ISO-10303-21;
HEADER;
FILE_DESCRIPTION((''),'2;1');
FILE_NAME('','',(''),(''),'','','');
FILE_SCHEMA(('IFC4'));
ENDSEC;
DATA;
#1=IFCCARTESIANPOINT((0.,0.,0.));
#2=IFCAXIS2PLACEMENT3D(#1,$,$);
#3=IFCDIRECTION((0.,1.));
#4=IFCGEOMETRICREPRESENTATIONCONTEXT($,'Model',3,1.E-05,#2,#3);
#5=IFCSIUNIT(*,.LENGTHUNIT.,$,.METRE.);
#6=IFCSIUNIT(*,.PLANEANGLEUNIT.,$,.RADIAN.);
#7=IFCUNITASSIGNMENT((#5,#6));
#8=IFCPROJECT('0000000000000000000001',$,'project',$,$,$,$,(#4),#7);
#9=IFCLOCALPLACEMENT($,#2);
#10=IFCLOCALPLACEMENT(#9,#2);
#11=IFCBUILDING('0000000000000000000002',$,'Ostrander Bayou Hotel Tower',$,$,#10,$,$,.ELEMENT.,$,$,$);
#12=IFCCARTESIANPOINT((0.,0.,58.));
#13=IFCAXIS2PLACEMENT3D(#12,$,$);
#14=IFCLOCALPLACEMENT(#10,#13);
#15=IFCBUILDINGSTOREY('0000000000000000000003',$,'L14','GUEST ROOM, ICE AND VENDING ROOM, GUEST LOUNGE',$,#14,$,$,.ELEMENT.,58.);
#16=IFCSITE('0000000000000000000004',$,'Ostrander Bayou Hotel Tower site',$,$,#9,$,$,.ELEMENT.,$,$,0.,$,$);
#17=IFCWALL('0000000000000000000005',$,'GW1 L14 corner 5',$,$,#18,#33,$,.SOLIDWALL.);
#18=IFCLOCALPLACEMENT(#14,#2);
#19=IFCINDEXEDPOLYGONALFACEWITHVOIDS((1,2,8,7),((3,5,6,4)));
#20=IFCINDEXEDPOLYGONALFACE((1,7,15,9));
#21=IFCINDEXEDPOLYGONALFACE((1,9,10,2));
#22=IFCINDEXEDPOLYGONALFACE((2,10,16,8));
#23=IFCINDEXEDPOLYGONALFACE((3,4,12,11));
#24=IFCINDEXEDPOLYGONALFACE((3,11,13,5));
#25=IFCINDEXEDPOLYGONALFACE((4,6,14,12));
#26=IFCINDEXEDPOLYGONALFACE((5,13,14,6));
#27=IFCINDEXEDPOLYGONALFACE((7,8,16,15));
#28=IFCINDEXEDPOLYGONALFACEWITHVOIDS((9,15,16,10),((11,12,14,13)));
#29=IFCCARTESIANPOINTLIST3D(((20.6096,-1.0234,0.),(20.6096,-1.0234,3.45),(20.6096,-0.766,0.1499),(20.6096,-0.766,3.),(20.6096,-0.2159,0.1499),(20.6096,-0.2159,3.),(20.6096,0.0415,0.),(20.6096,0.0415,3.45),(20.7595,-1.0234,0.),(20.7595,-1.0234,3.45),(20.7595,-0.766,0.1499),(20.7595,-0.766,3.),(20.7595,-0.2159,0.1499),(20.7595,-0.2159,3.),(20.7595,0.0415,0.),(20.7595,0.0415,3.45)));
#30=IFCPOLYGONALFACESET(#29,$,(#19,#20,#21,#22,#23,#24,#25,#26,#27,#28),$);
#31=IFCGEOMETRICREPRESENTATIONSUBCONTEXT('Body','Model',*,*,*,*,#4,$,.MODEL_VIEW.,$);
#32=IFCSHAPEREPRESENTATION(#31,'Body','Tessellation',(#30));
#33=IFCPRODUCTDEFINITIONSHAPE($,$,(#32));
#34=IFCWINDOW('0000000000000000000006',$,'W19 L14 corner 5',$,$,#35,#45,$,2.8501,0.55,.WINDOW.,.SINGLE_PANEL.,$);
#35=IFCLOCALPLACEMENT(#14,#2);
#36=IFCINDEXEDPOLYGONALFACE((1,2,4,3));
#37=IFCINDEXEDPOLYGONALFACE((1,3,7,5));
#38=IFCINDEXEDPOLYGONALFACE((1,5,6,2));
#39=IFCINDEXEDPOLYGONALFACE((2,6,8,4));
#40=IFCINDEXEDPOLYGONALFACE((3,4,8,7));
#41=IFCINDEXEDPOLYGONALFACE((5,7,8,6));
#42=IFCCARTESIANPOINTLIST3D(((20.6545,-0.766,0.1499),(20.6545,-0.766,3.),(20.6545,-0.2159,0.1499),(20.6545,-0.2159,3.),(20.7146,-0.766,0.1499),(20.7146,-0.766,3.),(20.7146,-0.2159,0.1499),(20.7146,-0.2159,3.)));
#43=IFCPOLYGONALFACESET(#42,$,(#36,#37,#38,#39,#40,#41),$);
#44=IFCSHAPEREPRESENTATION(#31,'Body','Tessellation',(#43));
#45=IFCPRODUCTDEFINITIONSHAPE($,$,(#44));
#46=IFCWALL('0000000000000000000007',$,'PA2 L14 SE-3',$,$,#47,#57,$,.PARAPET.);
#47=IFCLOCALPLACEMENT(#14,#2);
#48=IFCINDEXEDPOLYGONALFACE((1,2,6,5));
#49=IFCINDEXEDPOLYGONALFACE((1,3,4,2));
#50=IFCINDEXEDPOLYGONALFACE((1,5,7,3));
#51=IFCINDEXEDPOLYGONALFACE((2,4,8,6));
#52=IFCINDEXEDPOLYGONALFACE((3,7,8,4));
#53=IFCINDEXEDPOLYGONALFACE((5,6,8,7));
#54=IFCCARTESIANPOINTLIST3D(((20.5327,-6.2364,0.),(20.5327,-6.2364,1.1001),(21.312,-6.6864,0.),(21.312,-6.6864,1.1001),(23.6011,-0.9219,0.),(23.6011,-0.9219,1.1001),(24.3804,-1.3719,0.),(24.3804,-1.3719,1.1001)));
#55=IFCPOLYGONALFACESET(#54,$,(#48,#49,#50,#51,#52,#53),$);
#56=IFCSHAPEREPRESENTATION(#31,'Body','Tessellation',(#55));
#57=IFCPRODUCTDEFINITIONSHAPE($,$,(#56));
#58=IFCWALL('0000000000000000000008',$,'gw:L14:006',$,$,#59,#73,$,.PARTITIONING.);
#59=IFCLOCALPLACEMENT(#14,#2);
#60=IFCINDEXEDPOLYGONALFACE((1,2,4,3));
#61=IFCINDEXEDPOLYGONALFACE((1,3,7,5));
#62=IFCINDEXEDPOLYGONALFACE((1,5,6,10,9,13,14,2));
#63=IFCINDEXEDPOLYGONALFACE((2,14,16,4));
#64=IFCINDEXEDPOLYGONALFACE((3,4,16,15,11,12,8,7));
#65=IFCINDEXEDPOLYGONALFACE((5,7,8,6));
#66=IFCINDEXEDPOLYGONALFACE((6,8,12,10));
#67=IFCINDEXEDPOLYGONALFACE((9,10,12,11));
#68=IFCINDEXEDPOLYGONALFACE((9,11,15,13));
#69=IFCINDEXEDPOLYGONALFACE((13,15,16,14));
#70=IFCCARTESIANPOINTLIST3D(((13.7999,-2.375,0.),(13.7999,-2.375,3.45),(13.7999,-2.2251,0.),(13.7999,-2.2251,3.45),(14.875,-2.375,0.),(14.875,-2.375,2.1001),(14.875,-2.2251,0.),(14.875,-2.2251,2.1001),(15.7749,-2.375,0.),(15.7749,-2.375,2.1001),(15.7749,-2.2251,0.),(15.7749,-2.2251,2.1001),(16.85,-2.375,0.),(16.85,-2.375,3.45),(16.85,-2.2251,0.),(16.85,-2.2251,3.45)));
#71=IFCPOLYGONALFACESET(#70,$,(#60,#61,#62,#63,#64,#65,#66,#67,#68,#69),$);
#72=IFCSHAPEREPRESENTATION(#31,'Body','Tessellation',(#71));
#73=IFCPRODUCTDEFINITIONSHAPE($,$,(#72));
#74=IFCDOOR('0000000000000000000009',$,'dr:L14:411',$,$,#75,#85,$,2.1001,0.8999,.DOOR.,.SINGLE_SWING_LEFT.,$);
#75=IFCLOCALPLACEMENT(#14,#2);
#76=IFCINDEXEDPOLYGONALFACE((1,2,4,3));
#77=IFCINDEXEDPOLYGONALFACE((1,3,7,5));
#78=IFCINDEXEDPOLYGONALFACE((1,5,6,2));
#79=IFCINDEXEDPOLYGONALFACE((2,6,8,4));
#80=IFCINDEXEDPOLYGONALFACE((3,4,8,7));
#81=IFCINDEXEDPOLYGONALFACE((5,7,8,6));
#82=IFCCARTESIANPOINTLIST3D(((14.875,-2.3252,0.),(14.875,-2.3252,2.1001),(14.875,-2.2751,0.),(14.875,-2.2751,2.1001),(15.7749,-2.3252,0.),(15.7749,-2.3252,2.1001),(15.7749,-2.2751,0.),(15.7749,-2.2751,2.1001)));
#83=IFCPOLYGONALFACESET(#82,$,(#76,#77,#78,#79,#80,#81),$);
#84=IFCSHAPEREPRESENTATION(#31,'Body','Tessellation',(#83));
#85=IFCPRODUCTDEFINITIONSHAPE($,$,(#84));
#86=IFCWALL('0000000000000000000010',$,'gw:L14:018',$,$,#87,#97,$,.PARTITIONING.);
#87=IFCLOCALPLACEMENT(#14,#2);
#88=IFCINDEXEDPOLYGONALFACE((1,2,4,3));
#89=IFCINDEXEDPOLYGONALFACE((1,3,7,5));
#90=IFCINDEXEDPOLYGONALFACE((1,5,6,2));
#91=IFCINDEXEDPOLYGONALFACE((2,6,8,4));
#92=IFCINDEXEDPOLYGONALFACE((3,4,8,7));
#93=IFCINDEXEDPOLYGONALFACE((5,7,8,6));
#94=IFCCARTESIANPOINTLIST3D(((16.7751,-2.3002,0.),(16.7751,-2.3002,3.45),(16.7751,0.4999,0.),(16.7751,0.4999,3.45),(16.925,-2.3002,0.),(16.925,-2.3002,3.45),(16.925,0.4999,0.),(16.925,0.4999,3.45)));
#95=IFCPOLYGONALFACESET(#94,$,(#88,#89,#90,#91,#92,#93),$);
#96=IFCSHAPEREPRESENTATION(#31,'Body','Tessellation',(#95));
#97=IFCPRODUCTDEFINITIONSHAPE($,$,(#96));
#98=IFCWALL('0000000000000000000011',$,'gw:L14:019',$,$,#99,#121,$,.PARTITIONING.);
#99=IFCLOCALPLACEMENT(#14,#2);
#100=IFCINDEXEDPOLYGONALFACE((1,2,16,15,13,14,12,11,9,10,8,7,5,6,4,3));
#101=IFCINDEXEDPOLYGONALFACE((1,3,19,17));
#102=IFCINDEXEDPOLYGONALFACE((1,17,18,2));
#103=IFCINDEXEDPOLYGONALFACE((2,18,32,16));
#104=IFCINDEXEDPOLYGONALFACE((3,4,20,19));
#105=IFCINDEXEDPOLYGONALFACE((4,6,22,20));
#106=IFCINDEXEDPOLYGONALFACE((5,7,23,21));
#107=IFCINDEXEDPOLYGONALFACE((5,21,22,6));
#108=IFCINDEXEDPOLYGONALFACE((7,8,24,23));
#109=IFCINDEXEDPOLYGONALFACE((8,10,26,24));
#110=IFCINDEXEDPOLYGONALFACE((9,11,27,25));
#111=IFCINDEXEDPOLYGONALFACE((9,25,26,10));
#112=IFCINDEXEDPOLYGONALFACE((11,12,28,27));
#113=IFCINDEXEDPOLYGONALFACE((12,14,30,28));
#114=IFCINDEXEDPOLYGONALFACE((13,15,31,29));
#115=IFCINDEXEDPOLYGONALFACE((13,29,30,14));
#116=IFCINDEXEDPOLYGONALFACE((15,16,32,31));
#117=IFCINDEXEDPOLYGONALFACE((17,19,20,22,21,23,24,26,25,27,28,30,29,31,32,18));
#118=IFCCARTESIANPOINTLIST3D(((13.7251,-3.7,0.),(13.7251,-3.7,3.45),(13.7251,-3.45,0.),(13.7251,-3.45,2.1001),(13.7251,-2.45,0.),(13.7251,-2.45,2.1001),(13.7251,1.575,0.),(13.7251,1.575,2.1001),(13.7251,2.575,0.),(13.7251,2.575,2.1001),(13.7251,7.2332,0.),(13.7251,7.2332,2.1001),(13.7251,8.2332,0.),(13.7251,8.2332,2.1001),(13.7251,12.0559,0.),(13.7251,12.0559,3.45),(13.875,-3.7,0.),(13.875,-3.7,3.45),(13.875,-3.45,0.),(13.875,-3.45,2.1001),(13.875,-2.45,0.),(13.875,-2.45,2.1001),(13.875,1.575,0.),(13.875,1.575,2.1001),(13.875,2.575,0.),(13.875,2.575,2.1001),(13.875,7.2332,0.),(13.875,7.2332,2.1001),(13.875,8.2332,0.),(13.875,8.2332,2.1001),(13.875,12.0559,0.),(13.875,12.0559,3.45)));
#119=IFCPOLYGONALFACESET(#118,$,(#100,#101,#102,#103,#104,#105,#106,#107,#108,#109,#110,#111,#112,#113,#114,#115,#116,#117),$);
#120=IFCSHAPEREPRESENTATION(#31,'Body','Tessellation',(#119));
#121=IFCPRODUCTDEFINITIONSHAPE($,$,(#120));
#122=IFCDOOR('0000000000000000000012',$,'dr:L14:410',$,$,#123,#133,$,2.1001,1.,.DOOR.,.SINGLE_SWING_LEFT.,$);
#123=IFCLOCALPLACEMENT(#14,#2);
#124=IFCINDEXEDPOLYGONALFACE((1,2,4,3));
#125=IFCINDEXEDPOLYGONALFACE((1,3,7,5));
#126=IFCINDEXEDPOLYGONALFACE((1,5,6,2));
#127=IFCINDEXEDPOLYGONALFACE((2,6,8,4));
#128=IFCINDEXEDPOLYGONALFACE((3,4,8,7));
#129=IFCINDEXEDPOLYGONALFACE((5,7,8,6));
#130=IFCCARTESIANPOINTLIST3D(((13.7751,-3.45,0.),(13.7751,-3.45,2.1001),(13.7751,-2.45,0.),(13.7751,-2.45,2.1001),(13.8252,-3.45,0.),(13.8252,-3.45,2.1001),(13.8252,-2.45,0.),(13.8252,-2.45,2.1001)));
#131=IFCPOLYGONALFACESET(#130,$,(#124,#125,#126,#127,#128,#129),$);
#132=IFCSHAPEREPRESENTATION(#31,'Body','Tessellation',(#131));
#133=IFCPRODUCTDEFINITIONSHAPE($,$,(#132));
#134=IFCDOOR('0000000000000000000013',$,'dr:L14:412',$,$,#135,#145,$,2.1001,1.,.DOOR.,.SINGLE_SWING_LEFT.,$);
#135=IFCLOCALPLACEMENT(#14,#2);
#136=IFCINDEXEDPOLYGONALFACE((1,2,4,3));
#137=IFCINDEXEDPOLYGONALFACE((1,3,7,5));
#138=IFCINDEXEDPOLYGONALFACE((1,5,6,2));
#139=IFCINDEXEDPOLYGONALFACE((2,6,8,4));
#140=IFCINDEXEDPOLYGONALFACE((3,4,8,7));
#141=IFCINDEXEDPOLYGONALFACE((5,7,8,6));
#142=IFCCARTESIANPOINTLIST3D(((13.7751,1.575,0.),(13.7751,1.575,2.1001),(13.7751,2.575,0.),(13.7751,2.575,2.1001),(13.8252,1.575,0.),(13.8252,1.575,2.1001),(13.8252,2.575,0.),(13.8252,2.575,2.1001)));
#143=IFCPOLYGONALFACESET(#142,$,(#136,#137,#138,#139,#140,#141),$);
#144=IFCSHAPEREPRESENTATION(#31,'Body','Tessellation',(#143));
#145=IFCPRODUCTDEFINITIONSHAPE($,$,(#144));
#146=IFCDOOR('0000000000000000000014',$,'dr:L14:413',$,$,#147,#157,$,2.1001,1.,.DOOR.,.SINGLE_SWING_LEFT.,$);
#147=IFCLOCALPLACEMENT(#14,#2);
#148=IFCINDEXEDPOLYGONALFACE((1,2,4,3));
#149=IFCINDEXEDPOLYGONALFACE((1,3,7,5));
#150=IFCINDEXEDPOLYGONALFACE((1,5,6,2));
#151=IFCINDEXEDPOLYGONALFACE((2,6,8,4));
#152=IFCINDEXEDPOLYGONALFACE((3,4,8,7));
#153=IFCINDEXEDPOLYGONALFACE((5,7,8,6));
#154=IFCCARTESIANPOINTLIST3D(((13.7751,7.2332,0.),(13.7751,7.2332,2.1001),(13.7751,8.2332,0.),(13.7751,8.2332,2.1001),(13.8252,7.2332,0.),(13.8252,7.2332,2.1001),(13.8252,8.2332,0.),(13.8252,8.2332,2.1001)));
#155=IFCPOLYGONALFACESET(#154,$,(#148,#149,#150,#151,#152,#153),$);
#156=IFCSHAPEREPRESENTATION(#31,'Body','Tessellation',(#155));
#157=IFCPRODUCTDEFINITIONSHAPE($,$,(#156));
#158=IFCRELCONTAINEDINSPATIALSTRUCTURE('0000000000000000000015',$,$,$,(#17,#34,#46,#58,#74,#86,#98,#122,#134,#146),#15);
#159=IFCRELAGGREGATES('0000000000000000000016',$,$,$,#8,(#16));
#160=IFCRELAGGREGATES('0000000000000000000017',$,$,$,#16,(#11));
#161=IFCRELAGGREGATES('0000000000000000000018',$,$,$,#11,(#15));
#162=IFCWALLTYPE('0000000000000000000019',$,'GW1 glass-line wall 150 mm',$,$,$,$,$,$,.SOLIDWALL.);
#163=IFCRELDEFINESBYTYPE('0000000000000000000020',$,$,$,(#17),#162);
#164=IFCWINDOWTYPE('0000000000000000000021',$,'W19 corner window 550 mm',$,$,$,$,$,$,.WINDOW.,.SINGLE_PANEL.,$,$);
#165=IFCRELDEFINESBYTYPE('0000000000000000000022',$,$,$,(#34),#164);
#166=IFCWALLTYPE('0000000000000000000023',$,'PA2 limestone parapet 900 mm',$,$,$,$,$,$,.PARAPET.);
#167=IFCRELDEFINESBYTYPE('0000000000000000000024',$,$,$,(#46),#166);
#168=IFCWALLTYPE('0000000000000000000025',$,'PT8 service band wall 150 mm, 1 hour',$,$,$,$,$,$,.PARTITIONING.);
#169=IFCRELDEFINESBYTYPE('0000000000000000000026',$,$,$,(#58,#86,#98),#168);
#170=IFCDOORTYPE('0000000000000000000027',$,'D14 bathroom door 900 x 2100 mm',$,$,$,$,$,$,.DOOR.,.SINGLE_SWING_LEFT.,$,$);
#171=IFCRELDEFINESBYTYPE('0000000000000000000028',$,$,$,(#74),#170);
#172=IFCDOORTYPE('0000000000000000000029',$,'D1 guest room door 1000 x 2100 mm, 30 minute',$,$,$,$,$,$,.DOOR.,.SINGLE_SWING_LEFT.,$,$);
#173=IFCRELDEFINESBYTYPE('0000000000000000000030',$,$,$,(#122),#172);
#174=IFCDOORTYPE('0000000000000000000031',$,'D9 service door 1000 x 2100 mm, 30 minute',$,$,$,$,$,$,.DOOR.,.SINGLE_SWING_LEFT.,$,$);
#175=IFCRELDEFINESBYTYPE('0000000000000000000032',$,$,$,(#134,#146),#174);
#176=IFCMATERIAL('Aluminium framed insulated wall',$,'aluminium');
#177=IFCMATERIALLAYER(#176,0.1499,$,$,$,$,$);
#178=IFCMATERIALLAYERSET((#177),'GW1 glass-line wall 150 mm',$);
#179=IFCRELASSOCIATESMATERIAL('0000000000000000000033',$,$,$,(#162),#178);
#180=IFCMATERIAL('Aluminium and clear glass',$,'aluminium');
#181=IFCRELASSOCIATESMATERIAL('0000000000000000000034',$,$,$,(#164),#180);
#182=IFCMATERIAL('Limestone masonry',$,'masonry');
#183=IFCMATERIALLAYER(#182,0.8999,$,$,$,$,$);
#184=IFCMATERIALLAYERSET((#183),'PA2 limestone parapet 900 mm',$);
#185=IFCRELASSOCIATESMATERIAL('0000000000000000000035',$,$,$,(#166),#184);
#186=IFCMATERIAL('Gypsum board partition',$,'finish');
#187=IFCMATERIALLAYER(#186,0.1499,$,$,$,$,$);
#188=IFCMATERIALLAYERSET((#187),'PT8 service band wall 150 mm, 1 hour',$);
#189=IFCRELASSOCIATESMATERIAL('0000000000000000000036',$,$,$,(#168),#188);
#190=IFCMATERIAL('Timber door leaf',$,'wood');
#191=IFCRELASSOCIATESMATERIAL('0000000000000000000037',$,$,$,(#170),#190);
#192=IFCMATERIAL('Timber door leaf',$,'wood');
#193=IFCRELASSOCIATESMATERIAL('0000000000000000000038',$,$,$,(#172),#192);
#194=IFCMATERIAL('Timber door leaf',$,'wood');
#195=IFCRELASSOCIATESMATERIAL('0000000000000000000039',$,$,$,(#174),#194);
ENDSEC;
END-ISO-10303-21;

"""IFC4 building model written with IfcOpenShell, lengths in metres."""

from ifc_helpers import new_model, si_unit, direction, frame, frame_2d, origin, place, context, subcontext, project, spatial, rectangle, extrude, material, layer, layer_set, type_object, element, fill, save


model = new_model("IFC4")

# Units and contexts
model_context = context("Model", 3, precision=1e-05, world=origin(), true_north=direction((0.0, 1.0)))
body_context = subcontext(model_context, "Body", "Model", "MODEL_VIEW")
ifc_project = project(units=[si_unit("LENGTHUNIT", "METRE"), si_unit("PLANEANGLEUNIT", "RADIAN")], contexts=[model_context])

# Site, building, storey
site_placement = place(None, origin())
site = spatial("IfcSite", under=ifc_project, at=site_placement, Name="Ostrander Bayou Hotel Tower site", CompositionType="ELEMENT", RefElevation=0.0)
building_placement = place(site_placement, origin())
building = spatial("IfcBuilding", under=site, at=building_placement, Name="Ostrander Bayou Hotel Tower", CompositionType="ELEMENT")
storey_placement = place(building_placement, frame((0.0, 0.0, 58.0)))
storey = spatial("IfcBuildingStorey", under=building, at=storey_placement, Name="L14", Description="GUEST ROOM, ICE AND VENDING ROOM, GUEST LOUNGE", CompositionType="ELEMENT", Elevation=58.0)

# Wall, opening, window
ifc_material_1 = material(Name="Aluminium framed insulated wall", Category="aluminium")
ifc_layer_1 = layer(ifc_material_1, 0.1499)
ifc_layer_set_1 = layer_set([ifc_layer_1], Name="GW1 glass-line wall 150 mm")
wall_type_1 = type_object("IfcWallType", Name="GW1 glass-line wall 150 mm", PredefinedType="SOLIDWALL", material=ifc_layer_set_1)
wall_1_placement = place(storey_placement, frame((20.6846, -1.0234, 0.0), z_axis=(0.0, 0.0, 1.0), x_axis=(0.0, 1.0, 0.0)))
wall_1 = element("IfcWall", 1, at=wall_1_placement, inside=storey, type_object=wall_type_1, Name="GW1 L14 corner 5", PredefinedType="SOLIDWALL", context=body_context, shape_type="SweptSolid", body=[
    extrude(rectangle(XDim=1.0649, YDim=0.1499, at=frame_2d((0.5325, 0.0))), origin(), (0.0, 0.0, 1.0), 3.45),
])
opening_1_placement = place(wall_1_placement, frame((0.2576, 0.0, 0.1499)))
opening_1 = element("IfcOpeningElement", 2, at=opening_1_placement, cuts=wall_1, PredefinedType="OPENING", context=body_context, shape_type="SweptSolid", body=[
    extrude(rectangle(XDim=0.55, YDim=2.8501, at=frame_2d((0.2749, 1.425))), frame((0.0, 0.075, 0.0), z_axis=(0.0, -1.0, 0.0), x_axis=(1.0, 0.0, 0.0)), (0.0, 0.0, 1.0), 0.1499),
])
ifc_material_2 = material(Name="Aluminium and clear glass", Category="aluminium")
window_type = type_object("IfcWindowType", Name="W19 corner window 550 mm", PartitioningType="SINGLE_PANEL", PredefinedType="WINDOW", material=ifc_material_2)
window_placement = place(opening_1_placement, origin())
window = element("IfcWindow", 3, at=window_placement, inside=storey, type_object=window_type, Name="W19 L14 corner 5", OverallHeight=2.8501, OverallWidth=0.55, PartitioningType="SINGLE_PANEL", PredefinedType="WINDOW", context=body_context, shape_type="SweptSolid", body=[
    extrude(rectangle(XDim=0.55, YDim=2.8501, at=frame_2d((0.2749, 1.425))), frame((0.0, 0.03, 0.0), z_axis=(0.0, -1.0, 0.0), x_axis=(1.0, 0.0, 0.0)), (0.0, 0.0, 1.0), 0.0601),
])
fill(opening_1, window)

# Wall
ifc_material_3 = material(Name="Limestone masonry", Category="masonry")
ifc_layer_2 = layer(ifc_material_3, 0.8999)
ifc_layer_set_2 = layer_set([ifc_layer_2], Name="PA2 limestone parapet 900 mm")
wall_type_2 = type_object("IfcWallType", Name="PA2 limestone parapet 900 mm", PredefinedType="PARAPET", material=ifc_layer_set_2)
wall_2_placement = place(storey_placement, frame((20.9224, -6.4614, 0.0), z_axis=(0.0, 0.0, 1.0), x_axis=(0.500007, 0.866021, 0.0)))
element("IfcWall", 4, at=wall_2_placement, inside=storey, type_object=wall_type_2, Name="PA2 L14 SE-3", PredefinedType="PARAPET", context=body_context, shape_type="SweptSolid", body=[
    extrude(rectangle(XDim=6.1367, YDim=0.8999, at=frame_2d((3.0684, 0.0))), origin(), (0.0, 0.0, 1.0), 1.1001),
])

# Wall, opening, door
ifc_material_4 = material(Name="Gypsum board partition", Category="finish")
ifc_layer_3 = layer(ifc_material_4, 0.1499)
ifc_layer_set_3 = layer_set([ifc_layer_3], Name="PT8 service band wall 150 mm, 1 hour")
wall_type_3 = type_object("IfcWallType", Name="PT8 service band wall 150 mm, 1 hour", PredefinedType="PARTITIONING", material=ifc_layer_set_3)
wall_3_placement = place(storey_placement, frame((13.8, -2.3, 0.0), z_axis=(0.0, 0.0, 1.0), x_axis=(1.0, 0.0, 0.0)))
wall_3 = element("IfcWall", 5, at=wall_3_placement, inside=storey, type_object=wall_type_3, Name="gw:L14:006", PredefinedType="PARTITIONING", context=body_context, shape_type="SweptSolid", body=[
    extrude(rectangle(XDim=3.05, YDim=0.1499, at=frame_2d((1.5249, 0.0))), origin(), (0.0, 0.0, 1.0), 3.45),
])
opening_2_placement = place(wall_3_placement, frame((1.075, 0.0, 0.0)))
opening_2 = element("IfcOpeningElement", 6, at=opening_2_placement, cuts=wall_3, PredefinedType="OPENING", context=body_context, shape_type="SweptSolid", body=[
    extrude(rectangle(XDim=0.8999, YDim=2.1001, at=frame_2d((0.45, 1.05))), frame((0.0, 0.075, 0.0), z_axis=(0.0, -1.0, 0.0), x_axis=(1.0, 0.0, 0.0)), (0.0, 0.0, 1.0), 0.1499),
])
ifc_material_5 = material(Name="Timber door leaf", Category="wood")
door_type_1 = type_object("IfcDoorType", Name="D14 bathroom door 900 x 2100 mm", OperationType="SINGLE_SWING_LEFT", PredefinedType="DOOR", material=ifc_material_5)
door_1_placement = place(opening_2_placement, origin())
door_1 = element("IfcDoor", 7, at=door_1_placement, inside=storey, type_object=door_type_1, Name="dr:L14:411", OperationType="SINGLE_SWING_LEFT", OverallHeight=2.1001, OverallWidth=0.8999, PredefinedType="DOOR", context=body_context, shape_type="SweptSolid", body=[
    extrude(rectangle(XDim=0.8999, YDim=2.1001, at=frame_2d((0.45, 1.05))), frame((0.0, 0.0249, 0.0), z_axis=(0.0, -1.0, 0.0), x_axis=(1.0, 0.0, 0.0)), (0.0, 0.0, 1.0), 0.05),
])
fill(opening_2, door_1)

# Wall
wall_4_placement = place(storey_placement, frame((16.8501, -2.3, 0.0), z_axis=(0.0, 0.0, 1.0), x_axis=(0.0, 1.0, 0.0)))
element("IfcWall", 8, at=wall_4_placement, inside=storey, type_object=wall_type_3, Name="gw:L14:018", PredefinedType="PARTITIONING", context=body_context, shape_type="SweptSolid", body=[
    extrude(rectangle(XDim=2.8, YDim=0.1499, at=frame_2d((1.3999, 0.0))), origin(), (0.0, 0.0, 1.0), 3.45),
])

# Wall, openings, doors
wall_5_placement = place(storey_placement, frame((13.8, -3.7, 0.0), z_axis=(0.0, 0.0, 1.0), x_axis=(0.0, 1.0, 0.0)))
wall_5 = element("IfcWall", 9, at=wall_5_placement, inside=storey, type_object=wall_type_3, Name="gw:L14:019", PredefinedType="PARTITIONING", context=body_context, shape_type="SweptSolid", body=[
    extrude(rectangle(XDim=15.7559, YDim=0.1499, at=frame_2d((7.8779, 0.0))), origin(), (0.0, 0.0, 1.0), 3.45),
])
opening_3_placement = place(wall_5_placement, frame((0.25, 0.0, 0.0)))
opening_3 = element("IfcOpeningElement", 10, at=opening_3_placement, cuts=wall_5, PredefinedType="OPENING", context=body_context, shape_type="SweptSolid", body=[
    extrude(rectangle(XDim=1.0, YDim=2.1001, at=frame_2d((0.5, 1.05))), frame((0.0, 0.075, 0.0), z_axis=(0.0, -1.0, 0.0), x_axis=(1.0, 0.0, 0.0)), (0.0, 0.0, 1.0), 0.1499),
])
opening_4_placement = place(wall_5_placement, frame((5.2749, 0.0, 0.0)))
opening_4 = element("IfcOpeningElement", 11, at=opening_4_placement, cuts=wall_5, PredefinedType="OPENING", context=body_context, shape_type="SweptSolid", body=[
    extrude(rectangle(XDim=1.0, YDim=2.1001, at=frame_2d((0.5, 1.05))), frame((0.0, 0.075, 0.0), z_axis=(0.0, -1.0, 0.0), x_axis=(1.0, 0.0, 0.0)), (0.0, 0.0, 1.0), 0.1499),
])
opening_5_placement = place(wall_5_placement, frame((10.9331, 0.0, 0.0)))
opening_5 = element("IfcOpeningElement", 12, at=opening_5_placement, cuts=wall_5, PredefinedType="OPENING", context=body_context, shape_type="SweptSolid", body=[
    extrude(rectangle(XDim=1.0, YDim=2.1001, at=frame_2d((0.5, 1.05))), frame((0.0, 0.075, 0.0), z_axis=(0.0, -1.0, 0.0), x_axis=(1.0, 0.0, 0.0)), (0.0, 0.0, 1.0), 0.1499),
])
ifc_material_6 = material(Name="Timber door leaf", Category="wood")
door_type_2 = type_object("IfcDoorType", Name="D1 guest room door 1000 x 2100 mm, 30 minute", OperationType="SINGLE_SWING_LEFT", PredefinedType="DOOR", material=ifc_material_6)
door_2_placement = place(opening_3_placement, origin())
door_2 = element("IfcDoor", 13, at=door_2_placement, inside=storey, type_object=door_type_2, Name="dr:L14:410", OperationType="SINGLE_SWING_LEFT", OverallHeight=2.1001, OverallWidth=1.0, PredefinedType="DOOR", context=body_context, shape_type="SweptSolid", body=[
    extrude(rectangle(XDim=1.0, YDim=2.1001, at=frame_2d((0.5, 1.05))), frame((0.0, 0.0249, 0.0), z_axis=(0.0, -1.0, 0.0), x_axis=(1.0, 0.0, 0.0)), (0.0, 0.0, 1.0), 0.05),
])
fill(opening_3, door_2)
ifc_material_7 = material(Name="Timber door leaf", Category="wood")
door_type_3 = type_object("IfcDoorType", Name="D9 service door 1000 x 2100 mm, 30 minute", OperationType="SINGLE_SWING_LEFT", PredefinedType="DOOR", material=ifc_material_7)
door_3_placement = place(opening_4_placement, origin())
door_3 = element("IfcDoor", 14, at=door_3_placement, inside=storey, type_object=door_type_3, Name="dr:L14:412", OperationType="SINGLE_SWING_LEFT", OverallHeight=2.1001, OverallWidth=1.0, PredefinedType="DOOR", context=body_context, shape_type="SweptSolid", body=[
    extrude(rectangle(XDim=1.0, YDim=2.1001, at=frame_2d((0.5, 1.05))), frame((0.0, 0.0249, 0.0), z_axis=(0.0, -1.0, 0.0), x_axis=(1.0, 0.0, 0.0)), (0.0, 0.0, 1.0), 0.05),
])
fill(opening_4, door_3)
door_4_placement = place(opening_5_placement, origin())
door_4 = element("IfcDoor", 15, at=door_4_placement, inside=storey, type_object=door_type_3, Name="dr:L14:413", OperationType="SINGLE_SWING_LEFT", OverallHeight=2.1001, OverallWidth=1.0, PredefinedType="DOOR", context=body_context, shape_type="SweptSolid", body=[
    extrude(rectangle(XDim=1.0, YDim=2.1001, at=frame_2d((0.5, 1.05))), frame((0.0, 0.0249, 0.0), z_axis=(0.0, -1.0, 0.0), x_axis=(1.0, 0.0, 0.0)), (0.0, 0.0, 1.0), 0.05),
])
fill(opening_5, door_4)

save(model, "model.ifc")
